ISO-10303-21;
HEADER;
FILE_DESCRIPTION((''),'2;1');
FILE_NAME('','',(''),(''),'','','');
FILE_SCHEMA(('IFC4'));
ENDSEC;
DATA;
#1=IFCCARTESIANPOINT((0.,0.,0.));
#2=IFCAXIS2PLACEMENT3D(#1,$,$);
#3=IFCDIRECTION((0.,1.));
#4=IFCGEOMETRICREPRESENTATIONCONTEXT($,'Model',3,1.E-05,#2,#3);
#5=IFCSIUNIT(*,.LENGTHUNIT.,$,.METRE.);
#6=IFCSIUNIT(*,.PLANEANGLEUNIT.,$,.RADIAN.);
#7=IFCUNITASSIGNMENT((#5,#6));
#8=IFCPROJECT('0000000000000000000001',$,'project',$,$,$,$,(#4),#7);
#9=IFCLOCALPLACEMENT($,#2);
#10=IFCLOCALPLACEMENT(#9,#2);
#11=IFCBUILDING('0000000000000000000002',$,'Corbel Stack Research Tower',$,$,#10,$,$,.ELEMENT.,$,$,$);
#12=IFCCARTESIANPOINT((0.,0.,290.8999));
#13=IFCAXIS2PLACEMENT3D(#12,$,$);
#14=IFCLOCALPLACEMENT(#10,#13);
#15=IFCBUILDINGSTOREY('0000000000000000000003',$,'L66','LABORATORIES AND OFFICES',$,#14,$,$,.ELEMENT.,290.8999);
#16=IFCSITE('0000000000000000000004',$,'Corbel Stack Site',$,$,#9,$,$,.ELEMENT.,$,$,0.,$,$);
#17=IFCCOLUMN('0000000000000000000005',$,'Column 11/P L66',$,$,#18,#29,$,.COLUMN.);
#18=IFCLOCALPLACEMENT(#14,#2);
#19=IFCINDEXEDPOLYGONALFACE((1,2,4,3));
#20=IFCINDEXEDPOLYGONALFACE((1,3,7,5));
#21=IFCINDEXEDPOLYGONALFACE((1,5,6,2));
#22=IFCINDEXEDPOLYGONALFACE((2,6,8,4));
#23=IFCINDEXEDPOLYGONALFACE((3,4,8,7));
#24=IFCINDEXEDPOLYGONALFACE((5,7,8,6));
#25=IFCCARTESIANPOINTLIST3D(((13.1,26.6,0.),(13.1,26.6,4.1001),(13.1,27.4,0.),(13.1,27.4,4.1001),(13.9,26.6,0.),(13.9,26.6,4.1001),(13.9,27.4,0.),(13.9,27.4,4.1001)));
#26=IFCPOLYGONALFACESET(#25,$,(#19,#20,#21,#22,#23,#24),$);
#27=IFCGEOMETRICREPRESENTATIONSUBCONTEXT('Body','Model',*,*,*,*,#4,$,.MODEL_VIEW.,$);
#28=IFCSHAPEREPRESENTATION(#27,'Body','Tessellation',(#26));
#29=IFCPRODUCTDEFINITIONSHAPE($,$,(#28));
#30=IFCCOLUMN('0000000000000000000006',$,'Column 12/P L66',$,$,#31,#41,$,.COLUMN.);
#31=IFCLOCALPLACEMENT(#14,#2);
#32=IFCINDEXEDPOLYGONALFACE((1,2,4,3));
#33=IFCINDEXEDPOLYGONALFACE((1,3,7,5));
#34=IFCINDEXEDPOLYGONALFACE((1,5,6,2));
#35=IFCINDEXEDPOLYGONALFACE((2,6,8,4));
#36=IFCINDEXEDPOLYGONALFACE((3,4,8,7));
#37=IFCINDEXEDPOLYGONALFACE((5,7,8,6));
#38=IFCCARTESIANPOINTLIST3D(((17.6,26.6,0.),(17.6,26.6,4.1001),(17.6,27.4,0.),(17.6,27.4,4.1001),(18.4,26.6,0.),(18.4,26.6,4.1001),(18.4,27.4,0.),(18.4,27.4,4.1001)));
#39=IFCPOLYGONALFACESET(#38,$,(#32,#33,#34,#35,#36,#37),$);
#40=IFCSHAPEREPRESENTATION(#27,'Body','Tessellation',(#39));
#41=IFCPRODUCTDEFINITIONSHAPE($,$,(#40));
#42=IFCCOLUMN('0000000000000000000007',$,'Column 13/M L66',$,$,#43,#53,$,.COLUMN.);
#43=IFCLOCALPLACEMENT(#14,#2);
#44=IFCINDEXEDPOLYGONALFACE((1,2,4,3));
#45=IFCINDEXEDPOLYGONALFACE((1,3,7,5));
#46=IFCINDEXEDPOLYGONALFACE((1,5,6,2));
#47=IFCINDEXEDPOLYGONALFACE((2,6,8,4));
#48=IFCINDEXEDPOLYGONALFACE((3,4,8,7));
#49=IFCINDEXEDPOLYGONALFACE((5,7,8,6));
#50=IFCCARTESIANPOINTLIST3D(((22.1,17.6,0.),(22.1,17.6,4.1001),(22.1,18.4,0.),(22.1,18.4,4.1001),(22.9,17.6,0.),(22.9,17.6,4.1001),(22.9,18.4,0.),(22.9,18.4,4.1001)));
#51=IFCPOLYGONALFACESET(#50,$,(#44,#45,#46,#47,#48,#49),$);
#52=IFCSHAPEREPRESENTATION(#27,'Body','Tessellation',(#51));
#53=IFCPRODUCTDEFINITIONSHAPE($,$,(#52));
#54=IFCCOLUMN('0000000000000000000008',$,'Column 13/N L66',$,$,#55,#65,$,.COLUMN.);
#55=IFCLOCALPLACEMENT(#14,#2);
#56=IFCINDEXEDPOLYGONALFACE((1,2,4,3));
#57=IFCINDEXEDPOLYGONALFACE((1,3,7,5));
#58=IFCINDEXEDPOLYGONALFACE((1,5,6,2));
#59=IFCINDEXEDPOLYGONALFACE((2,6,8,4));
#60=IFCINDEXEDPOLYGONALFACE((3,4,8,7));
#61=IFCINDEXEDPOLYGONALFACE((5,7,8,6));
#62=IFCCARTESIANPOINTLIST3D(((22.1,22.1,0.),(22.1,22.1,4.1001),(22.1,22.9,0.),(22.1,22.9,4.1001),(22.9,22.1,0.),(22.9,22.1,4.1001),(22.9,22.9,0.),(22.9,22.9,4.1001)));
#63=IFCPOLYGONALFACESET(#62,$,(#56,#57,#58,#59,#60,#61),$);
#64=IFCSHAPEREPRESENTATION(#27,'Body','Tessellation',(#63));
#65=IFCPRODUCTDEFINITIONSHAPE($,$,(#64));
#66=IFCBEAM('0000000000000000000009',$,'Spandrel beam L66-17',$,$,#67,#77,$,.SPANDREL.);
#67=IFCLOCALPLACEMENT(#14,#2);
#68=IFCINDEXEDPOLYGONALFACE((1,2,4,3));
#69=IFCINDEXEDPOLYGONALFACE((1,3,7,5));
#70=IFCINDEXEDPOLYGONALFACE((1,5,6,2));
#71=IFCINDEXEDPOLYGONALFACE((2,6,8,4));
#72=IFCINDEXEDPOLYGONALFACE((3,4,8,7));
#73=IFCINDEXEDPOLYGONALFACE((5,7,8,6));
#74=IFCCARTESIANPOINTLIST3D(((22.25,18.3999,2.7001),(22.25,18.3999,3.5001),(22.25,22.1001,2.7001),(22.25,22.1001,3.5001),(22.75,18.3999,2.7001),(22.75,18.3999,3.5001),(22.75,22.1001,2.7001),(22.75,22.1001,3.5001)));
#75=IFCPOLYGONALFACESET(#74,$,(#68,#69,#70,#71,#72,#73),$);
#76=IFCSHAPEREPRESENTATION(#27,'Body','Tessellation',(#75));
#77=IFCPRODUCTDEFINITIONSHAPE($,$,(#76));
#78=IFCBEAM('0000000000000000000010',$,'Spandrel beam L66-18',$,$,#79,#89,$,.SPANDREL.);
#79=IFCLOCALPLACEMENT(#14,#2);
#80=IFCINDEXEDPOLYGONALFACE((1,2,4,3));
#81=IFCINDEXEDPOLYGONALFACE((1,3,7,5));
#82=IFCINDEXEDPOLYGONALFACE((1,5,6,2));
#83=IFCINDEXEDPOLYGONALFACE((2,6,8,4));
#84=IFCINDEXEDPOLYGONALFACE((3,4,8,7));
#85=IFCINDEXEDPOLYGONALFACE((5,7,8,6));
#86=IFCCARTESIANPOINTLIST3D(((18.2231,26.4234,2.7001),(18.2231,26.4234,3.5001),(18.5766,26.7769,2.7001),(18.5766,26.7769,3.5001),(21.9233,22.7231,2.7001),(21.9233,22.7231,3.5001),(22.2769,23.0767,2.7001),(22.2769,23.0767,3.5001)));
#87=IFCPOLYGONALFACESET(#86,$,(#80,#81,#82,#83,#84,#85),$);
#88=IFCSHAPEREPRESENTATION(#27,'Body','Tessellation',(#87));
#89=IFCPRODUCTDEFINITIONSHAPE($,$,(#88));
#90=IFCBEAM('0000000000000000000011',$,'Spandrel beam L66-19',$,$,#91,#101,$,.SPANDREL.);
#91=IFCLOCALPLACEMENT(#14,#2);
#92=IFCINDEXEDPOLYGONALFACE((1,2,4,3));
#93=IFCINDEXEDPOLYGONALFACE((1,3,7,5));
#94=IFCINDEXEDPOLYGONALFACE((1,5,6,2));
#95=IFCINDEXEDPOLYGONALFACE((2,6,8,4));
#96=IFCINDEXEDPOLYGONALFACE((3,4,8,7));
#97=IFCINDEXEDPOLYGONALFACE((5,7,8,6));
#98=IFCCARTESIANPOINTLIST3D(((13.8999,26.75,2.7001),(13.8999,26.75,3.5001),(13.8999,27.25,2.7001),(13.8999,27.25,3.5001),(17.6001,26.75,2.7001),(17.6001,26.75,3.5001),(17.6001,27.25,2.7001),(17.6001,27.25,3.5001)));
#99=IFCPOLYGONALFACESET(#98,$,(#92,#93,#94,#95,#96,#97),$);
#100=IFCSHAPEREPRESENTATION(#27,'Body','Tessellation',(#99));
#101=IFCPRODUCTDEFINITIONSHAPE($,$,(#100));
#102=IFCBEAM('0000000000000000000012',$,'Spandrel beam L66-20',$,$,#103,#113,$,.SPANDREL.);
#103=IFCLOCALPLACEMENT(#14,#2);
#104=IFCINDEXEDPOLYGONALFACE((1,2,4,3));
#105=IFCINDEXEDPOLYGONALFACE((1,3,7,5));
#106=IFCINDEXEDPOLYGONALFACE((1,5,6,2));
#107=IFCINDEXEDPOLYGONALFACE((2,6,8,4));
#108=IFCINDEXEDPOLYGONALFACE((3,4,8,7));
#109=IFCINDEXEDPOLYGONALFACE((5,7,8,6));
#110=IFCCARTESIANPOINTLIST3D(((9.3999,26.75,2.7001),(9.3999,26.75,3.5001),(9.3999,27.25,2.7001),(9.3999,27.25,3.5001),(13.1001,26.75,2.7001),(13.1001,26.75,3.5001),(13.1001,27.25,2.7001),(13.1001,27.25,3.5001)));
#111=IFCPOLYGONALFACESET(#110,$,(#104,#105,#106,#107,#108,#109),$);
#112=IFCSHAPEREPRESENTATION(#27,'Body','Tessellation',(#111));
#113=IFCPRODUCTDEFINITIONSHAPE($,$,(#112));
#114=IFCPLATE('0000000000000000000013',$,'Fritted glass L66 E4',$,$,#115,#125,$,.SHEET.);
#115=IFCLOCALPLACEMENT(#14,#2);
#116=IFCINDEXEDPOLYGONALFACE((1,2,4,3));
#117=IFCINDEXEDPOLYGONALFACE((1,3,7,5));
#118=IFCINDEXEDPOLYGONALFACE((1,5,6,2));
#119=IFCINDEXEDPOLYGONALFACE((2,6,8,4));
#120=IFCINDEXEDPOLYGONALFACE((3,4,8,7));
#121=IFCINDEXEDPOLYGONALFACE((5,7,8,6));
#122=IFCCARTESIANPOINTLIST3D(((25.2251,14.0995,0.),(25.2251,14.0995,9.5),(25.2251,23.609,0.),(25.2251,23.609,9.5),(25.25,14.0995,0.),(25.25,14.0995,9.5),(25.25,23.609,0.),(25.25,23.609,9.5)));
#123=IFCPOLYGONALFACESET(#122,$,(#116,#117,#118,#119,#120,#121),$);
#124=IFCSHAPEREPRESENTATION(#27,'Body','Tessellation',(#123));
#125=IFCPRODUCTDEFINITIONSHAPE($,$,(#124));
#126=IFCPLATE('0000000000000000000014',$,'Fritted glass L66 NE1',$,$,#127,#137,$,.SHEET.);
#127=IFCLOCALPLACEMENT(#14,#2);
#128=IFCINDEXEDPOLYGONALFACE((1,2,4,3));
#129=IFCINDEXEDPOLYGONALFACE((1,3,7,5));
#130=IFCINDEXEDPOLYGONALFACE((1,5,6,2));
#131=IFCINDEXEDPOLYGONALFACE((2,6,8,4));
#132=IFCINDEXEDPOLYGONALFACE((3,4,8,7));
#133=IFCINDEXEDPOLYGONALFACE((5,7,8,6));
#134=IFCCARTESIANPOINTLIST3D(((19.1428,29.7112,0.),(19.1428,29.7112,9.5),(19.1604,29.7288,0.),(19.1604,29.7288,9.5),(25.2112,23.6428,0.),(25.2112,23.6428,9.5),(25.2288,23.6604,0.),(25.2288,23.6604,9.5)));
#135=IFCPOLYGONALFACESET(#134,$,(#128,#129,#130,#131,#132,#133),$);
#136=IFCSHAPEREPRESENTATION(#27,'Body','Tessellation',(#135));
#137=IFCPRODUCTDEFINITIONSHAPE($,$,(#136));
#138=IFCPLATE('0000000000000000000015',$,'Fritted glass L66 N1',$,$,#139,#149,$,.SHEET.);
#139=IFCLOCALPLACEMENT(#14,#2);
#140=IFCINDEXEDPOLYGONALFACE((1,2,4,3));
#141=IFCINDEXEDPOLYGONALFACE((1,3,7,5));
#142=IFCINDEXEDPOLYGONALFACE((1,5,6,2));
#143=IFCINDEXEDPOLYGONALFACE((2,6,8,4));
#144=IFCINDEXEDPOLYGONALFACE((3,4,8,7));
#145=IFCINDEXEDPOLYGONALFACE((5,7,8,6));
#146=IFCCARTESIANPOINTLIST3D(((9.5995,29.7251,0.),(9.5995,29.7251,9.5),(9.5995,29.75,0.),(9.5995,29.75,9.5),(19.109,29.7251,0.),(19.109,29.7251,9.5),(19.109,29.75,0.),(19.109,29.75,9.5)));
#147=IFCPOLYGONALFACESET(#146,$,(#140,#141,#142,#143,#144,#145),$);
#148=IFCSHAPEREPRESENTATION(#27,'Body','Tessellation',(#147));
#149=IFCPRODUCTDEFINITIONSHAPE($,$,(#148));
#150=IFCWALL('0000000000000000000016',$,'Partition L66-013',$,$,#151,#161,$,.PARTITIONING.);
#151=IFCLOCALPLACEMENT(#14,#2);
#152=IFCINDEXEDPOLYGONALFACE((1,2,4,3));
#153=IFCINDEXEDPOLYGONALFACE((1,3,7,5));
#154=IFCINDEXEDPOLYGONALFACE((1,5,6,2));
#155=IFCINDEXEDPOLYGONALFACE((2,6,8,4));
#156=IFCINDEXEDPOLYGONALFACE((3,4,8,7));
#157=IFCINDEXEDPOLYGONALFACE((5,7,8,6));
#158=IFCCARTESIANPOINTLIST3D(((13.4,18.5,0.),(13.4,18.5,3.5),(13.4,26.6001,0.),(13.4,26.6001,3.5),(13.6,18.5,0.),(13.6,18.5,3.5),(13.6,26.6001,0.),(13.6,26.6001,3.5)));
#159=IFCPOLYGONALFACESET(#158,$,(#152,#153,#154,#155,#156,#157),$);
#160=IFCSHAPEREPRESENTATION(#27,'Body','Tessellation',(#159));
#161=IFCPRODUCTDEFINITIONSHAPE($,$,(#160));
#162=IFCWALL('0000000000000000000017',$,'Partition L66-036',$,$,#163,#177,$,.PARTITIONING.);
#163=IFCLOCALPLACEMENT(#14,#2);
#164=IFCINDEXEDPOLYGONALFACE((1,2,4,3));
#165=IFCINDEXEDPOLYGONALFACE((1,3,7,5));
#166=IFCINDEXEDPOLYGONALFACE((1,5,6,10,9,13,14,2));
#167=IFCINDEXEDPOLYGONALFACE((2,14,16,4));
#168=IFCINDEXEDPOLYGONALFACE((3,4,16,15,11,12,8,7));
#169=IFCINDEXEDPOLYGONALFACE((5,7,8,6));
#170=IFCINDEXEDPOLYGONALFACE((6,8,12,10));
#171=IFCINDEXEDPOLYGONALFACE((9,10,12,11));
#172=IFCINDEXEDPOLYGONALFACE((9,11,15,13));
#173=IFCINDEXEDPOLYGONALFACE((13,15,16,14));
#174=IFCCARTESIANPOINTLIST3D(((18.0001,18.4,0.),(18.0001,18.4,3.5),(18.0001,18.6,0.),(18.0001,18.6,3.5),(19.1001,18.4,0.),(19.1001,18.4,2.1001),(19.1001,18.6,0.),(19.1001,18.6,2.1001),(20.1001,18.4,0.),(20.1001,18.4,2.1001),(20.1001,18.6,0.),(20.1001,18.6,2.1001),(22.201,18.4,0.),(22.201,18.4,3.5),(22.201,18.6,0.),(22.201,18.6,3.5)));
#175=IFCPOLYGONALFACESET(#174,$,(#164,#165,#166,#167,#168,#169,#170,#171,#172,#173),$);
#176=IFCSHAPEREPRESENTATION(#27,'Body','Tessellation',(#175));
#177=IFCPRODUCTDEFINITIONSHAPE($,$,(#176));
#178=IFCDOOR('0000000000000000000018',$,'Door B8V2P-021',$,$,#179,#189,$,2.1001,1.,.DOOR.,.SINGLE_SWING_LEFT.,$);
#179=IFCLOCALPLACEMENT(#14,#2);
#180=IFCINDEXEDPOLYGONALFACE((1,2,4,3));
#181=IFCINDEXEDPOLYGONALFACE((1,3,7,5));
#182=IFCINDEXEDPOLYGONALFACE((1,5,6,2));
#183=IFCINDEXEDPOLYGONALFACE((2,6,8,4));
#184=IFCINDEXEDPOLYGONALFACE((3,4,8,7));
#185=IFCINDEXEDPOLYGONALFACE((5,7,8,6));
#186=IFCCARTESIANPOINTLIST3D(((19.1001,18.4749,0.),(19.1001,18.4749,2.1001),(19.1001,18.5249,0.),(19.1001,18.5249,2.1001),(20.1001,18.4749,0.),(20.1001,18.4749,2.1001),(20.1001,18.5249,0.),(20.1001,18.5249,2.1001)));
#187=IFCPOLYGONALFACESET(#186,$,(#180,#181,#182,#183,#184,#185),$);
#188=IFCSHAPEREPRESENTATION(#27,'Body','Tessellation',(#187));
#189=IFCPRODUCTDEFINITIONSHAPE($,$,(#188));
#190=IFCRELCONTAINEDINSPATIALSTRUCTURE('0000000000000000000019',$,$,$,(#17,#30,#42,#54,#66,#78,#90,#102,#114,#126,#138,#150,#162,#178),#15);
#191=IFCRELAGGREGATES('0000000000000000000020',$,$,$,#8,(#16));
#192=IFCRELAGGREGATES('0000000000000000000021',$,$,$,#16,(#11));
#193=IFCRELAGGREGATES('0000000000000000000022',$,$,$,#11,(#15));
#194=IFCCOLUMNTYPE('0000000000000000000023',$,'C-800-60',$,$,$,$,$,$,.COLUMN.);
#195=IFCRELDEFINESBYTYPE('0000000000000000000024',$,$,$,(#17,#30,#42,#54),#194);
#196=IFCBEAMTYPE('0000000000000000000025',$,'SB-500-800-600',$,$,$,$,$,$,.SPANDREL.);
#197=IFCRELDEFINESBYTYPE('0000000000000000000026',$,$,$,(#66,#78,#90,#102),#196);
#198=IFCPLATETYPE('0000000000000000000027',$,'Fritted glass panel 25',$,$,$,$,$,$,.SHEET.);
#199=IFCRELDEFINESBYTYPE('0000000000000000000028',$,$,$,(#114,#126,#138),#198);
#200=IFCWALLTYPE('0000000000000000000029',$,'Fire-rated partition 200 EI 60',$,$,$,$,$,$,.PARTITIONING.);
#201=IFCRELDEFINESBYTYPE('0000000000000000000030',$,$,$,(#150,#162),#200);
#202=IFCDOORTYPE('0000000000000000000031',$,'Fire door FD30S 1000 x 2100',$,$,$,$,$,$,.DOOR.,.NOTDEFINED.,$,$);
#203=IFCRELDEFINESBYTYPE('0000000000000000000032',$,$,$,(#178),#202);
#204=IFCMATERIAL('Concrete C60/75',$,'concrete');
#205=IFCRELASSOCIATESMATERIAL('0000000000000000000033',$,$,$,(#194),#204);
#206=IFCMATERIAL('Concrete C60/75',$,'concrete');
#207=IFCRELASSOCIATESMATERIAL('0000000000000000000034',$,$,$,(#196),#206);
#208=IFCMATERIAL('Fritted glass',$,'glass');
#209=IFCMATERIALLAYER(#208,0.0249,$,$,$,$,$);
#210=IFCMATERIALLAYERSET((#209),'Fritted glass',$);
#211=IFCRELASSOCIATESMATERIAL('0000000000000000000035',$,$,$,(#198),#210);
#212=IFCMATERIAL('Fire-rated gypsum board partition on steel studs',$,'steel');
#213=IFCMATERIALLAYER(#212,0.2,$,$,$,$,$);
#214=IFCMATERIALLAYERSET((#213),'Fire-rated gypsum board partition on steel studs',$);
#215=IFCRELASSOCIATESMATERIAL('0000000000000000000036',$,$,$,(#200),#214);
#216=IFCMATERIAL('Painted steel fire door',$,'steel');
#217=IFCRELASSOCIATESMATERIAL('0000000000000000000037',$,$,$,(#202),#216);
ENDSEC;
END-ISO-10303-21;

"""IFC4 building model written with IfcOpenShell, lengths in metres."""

from ifc_helpers import new_model, si_unit, direction, frame, frame_2d, origin, origin_2d, place, context, subcontext, project, spatial, rectangle, extrude, material, layer, layer_set, material_profile, profile_set, type_object, element, fill, save


model = new_model("IFC4")

# Units and contexts
model_context = context("Model", 3, precision=1e-05, world=origin(), true_north=direction((0.0, 1.0)))
body_context = subcontext(model_context, "Body", "Model", "MODEL_VIEW")
ifc_project = project(units=[si_unit("LENGTHUNIT", "METRE"), si_unit("PLANEANGLEUNIT", "RADIAN")], contexts=[model_context])

# Site, building, storey
site_placement = place(None, origin())
site = spatial("IfcSite", under=ifc_project, at=site_placement, Name="Corbel Stack Site", CompositionType="ELEMENT", RefElevation=0.0)
building_placement = place(site_placement, origin())
building = spatial("IfcBuilding", under=site, at=building_placement, Name="Corbel Stack Research Tower", CompositionType="ELEMENT")
storey_placement = place(building_placement, frame((0.0, 0.0, 290.8999)))
storey = spatial("IfcBuildingStorey", under=building, at=storey_placement, Name="L66", Description="LABORATORIES AND OFFICES", CompositionType="ELEMENT", Elevation=290.8999)

# Columns
ifc_material_1 = material(Name="Concrete C60/75", Category="concrete")
ifc_material_profile_1 = material_profile(ifc_material_1, rectangle(XDim=0.8, YDim=0.8, at=origin_2d()), Name="RC 800 x 800")
ifc_profile_set_1 = profile_set([ifc_material_profile_1], Name="Concrete C60/75")
column_type = type_object("IfcColumnType", Name="C-800-60", PredefinedType="COLUMN", material=ifc_profile_set_1)
for number, where, z_axis, x_axis, name in (
    (1, (13.5, 27.0, 0.0), (0.0, 0.0, 1.0), (1.0, 0.0, 0.0), "Column 11/P L66"),
    (2, (18.0, 27.0, 0.0), (0.0, 0.0, 1.0), (1.0, 0.0, 0.0), "Column 12/P L66"),
    (3, (22.5, 18.0, 0.0), (0.0, 0.0, 1.0), (1.0, 0.0, 0.0), "Column 13/M L66"),
    (4, (22.5, 22.5, 0.0), (0.0, 0.0, 1.0), (1.0, 0.0, 0.0), "Column 13/N L66"),
):
    element("IfcColumn", number, at=place(storey_placement, frame(where, z_axis=z_axis, x_axis=x_axis)), inside=storey, type_object=column_type, Name=name, PredefinedType="COLUMN", context=body_context, shape_type="SweptSolid", body=[
        extrude(rectangle(XDim=0.8, YDim=0.8, at=origin_2d()), origin(), (0.0, 0.0, 1.0), 4.1001),
    ])

# Beams
ifc_material_2 = material(Name="Concrete C60/75", Category="concrete")
ifc_material_profile_2 = material_profile(ifc_material_2, rectangle(XDim=0.5, YDim=0.8, at=origin_2d()), Name="RC 500 x 800")
ifc_profile_set_2 = profile_set([ifc_material_profile_2], Name="Concrete C60/75")
beam_type = type_object("IfcBeamType", Name="SB-500-800-600", PredefinedType="SPANDREL", material=ifc_profile_set_2)
beam_1_placement = place(storey_placement, frame((22.5, 18.3999, 3.1001), z_axis=(0.0, 1.0, 0.0), x_axis=(-1.0, 0.0, 0.0)))
element("IfcBeam", 5, at=beam_1_placement, inside=storey, type_object=beam_type, Name="Spandrel beam L66-17", PredefinedType="SPANDREL", context=body_context, shape_type="SweptSolid", body=[
    extrude(rectangle(XDim=0.5, YDim=0.8, at=origin_2d()), origin(), (0.0, 0.0, 1.0), 3.7002),
])
beam_2_placement = place(storey_placement, frame((22.1001, 22.8999, 3.1001), z_axis=(-0.707107, 0.707107, 0.0), x_axis=(-0.707107, -0.707107, 0.0)))
element("IfcBeam", 6, at=beam_2_placement, inside=storey, type_object=beam_type, Name="Spandrel beam L66-18", PredefinedType="SPANDREL", context=body_context, shape_type="SweptSolid", body=[
    extrude(rectangle(XDim=0.5, YDim=0.8, at=origin_2d()), origin(), (0.0, 0.0, 1.0), 5.2329),
])
for number, where, z_axis, x_axis, name in (
    (7, (17.6001, 27.0, 3.1001), (-1.0, 0.0, 0.0), (0.0, -1.0, 0.0), "Spandrel beam L66-19"),
    (8, (13.1001, 27.0, 3.1001), (-1.0, 0.0, 0.0), (0.0, -1.0, 0.0), "Spandrel beam L66-20"),
):
    element("IfcBeam", number, at=place(storey_placement, frame(where, z_axis=z_axis, x_axis=x_axis)), inside=storey, type_object=beam_type, Name=name, PredefinedType="SPANDREL", context=body_context, shape_type="SweptSolid", body=[
        extrude(rectangle(XDim=0.5, YDim=0.8, at=origin_2d()), origin(), (0.0, 0.0, 1.0), 3.7002),
    ])

# Plates
ifc_material_3 = material(Name="Fritted glass", Category="glass")
ifc_layer_1 = layer(ifc_material_3, 0.0249)
ifc_layer_set_1 = layer_set([ifc_layer_1], Name="Fritted glass")
plate_type = type_object("IfcPlateType", Name="Fritted glass panel 25", PredefinedType="SHEET", material=ifc_layer_set_1)
plate_1_placement = place(storey_placement, frame((25.2375, 18.8542, 0.0), z_axis=(0.0, 0.0, 1.0), x_axis=(0.0, 1.0, 0.0)))
element("IfcPlate", 9, at=plate_1_placement, inside=storey, type_object=plate_type, Name="Fritted glass L66 E4", PredefinedType="SHEET", context=body_context, shape_type="SweptSolid", body=[
    extrude(rectangle(XDim=9.5095, YDim=0.0249, at=origin_2d()), origin(), (0.0, 0.0, 1.0), 9.5),
])
plate_2_placement = place(storey_placement, frame((22.1858, 26.6858, 0.0), z_axis=(0.0, 0.0, 1.0), x_axis=(-0.707107, 0.707107, 0.0)))
element("IfcPlate", 10, at=plate_2_placement, inside=storey, type_object=plate_type, Name="Fritted glass L66 NE1", PredefinedType="SHEET", context=body_context, shape_type="SweptSolid", body=[
    extrude(rectangle(XDim=8.582, YDim=0.0249, at=origin_2d()), origin(), (0.0, 0.0, 1.0), 9.5),
])
plate_3_placement = place(storey_placement, frame((14.3542, 29.7375, 0.0), z_axis=(0.0, 0.0, 1.0), x_axis=(-1.0, 0.0, 0.0)))
element("IfcPlate", 11, at=plate_3_placement, inside=storey, type_object=plate_type, Name="Fritted glass L66 N1", PredefinedType="SHEET", context=body_context, shape_type="SweptSolid", body=[
    extrude(rectangle(XDim=9.5095, YDim=0.0249, at=origin_2d()), origin(), (0.0, 0.0, 1.0), 9.5),
])

# Wall
ifc_material_4 = material(Name="Fire-rated gypsum board partition on steel studs", Category="steel")
ifc_layer_2 = layer(ifc_material_4, 0.2)
ifc_layer_set_2 = layer_set([ifc_layer_2], Name="Fire-rated gypsum board partition on steel studs")
wall_type_1 = type_object("IfcWallType", Name="Fire-rated partition 200 EI 60", PredefinedType="PARTITIONING", material=ifc_layer_set_2)
wall_1_placement = place(storey_placement, frame((13.5, 18.5, 0.0), z_axis=(0.0, 0.0, 1.0), x_axis=(0.0, 1.0, 0.0)))
element("IfcWall", 12, at=wall_1_placement, inside=storey, type_object=wall_type_1, Name="Partition L66-013", PredefinedType="PARTITIONING", context=body_context, shape_type="SweptSolid", body=[
    extrude(rectangle(XDim=8.1001, YDim=0.2, at=frame_2d((4.05, 0.0))), origin(), (0.0, 0.0, 1.0), 3.5),
])

# Wall, opening, door
wall_2_placement = place(storey_placement, frame((18.0, 18.5, 0.0), z_axis=(0.0, 0.0, 1.0), x_axis=(1.0, 0.0, 0.0)))
wall_2 = element("IfcWall", 13, at=wall_2_placement, inside=storey, type_object=wall_type_1, Name="Partition L66-036", PredefinedType="PARTITIONING", context=body_context, shape_type="SweptSolid", body=[
    extrude(rectangle(XDim=4.2009, YDim=0.2, at=frame_2d((2.1006, 0.0))), origin(), (0.0, 0.0, 1.0), 3.5),
])
opening_1_placement = place(wall_2_placement, frame((1.1001, 0.0, 0.0)))
opening_1 = element("IfcOpeningElement", 14, at=opening_1_placement, cuts=wall_2, PredefinedType="OPENING", context=body_context, shape_type="SweptSolid", body=[
    extrude(rectangle(XDim=1.0, YDim=2.1001, at=frame_2d((0.5, 1.05))), frame((0.0, 0.1099, 0.0), z_axis=(0.0, -1.0, 0.0), x_axis=(1.0, 0.0, 0.0)), (0.0, 0.0, 1.0), 0.22),
])
ifc_material_5 = material(Name="Painted steel fire door", Category="steel")
door_type_1 = type_object("IfcDoorType", Name="Fire door FD30S 1000 x 2100", OperationType="NOTDEFINED", PredefinedType="DOOR", material=ifc_material_5)
door_1_placement = place(opening_1_placement, origin())
door_1 = element("IfcDoor", 15, at=door_1_placement, inside=storey, type_object=door_type_1, Name="Door B8V2P-021", OperationType="SINGLE_SWING_LEFT", OverallHeight=2.1001, OverallWidth=1.0, PredefinedType="DOOR", context=body_context, shape_type="SweptSolid", body=[
    extrude(rectangle(XDim=1.0, YDim=2.1001, at=frame_2d((0.5, 1.05))), frame((0.0, 0.0249, 0.0), z_axis=(0.0, -1.0, 0.0), x_axis=(1.0, 0.0, 0.0)), (0.0, 0.0, 1.0), 0.05),
])
fill(opening_1, door_1)

save(model, "model.ifc")
